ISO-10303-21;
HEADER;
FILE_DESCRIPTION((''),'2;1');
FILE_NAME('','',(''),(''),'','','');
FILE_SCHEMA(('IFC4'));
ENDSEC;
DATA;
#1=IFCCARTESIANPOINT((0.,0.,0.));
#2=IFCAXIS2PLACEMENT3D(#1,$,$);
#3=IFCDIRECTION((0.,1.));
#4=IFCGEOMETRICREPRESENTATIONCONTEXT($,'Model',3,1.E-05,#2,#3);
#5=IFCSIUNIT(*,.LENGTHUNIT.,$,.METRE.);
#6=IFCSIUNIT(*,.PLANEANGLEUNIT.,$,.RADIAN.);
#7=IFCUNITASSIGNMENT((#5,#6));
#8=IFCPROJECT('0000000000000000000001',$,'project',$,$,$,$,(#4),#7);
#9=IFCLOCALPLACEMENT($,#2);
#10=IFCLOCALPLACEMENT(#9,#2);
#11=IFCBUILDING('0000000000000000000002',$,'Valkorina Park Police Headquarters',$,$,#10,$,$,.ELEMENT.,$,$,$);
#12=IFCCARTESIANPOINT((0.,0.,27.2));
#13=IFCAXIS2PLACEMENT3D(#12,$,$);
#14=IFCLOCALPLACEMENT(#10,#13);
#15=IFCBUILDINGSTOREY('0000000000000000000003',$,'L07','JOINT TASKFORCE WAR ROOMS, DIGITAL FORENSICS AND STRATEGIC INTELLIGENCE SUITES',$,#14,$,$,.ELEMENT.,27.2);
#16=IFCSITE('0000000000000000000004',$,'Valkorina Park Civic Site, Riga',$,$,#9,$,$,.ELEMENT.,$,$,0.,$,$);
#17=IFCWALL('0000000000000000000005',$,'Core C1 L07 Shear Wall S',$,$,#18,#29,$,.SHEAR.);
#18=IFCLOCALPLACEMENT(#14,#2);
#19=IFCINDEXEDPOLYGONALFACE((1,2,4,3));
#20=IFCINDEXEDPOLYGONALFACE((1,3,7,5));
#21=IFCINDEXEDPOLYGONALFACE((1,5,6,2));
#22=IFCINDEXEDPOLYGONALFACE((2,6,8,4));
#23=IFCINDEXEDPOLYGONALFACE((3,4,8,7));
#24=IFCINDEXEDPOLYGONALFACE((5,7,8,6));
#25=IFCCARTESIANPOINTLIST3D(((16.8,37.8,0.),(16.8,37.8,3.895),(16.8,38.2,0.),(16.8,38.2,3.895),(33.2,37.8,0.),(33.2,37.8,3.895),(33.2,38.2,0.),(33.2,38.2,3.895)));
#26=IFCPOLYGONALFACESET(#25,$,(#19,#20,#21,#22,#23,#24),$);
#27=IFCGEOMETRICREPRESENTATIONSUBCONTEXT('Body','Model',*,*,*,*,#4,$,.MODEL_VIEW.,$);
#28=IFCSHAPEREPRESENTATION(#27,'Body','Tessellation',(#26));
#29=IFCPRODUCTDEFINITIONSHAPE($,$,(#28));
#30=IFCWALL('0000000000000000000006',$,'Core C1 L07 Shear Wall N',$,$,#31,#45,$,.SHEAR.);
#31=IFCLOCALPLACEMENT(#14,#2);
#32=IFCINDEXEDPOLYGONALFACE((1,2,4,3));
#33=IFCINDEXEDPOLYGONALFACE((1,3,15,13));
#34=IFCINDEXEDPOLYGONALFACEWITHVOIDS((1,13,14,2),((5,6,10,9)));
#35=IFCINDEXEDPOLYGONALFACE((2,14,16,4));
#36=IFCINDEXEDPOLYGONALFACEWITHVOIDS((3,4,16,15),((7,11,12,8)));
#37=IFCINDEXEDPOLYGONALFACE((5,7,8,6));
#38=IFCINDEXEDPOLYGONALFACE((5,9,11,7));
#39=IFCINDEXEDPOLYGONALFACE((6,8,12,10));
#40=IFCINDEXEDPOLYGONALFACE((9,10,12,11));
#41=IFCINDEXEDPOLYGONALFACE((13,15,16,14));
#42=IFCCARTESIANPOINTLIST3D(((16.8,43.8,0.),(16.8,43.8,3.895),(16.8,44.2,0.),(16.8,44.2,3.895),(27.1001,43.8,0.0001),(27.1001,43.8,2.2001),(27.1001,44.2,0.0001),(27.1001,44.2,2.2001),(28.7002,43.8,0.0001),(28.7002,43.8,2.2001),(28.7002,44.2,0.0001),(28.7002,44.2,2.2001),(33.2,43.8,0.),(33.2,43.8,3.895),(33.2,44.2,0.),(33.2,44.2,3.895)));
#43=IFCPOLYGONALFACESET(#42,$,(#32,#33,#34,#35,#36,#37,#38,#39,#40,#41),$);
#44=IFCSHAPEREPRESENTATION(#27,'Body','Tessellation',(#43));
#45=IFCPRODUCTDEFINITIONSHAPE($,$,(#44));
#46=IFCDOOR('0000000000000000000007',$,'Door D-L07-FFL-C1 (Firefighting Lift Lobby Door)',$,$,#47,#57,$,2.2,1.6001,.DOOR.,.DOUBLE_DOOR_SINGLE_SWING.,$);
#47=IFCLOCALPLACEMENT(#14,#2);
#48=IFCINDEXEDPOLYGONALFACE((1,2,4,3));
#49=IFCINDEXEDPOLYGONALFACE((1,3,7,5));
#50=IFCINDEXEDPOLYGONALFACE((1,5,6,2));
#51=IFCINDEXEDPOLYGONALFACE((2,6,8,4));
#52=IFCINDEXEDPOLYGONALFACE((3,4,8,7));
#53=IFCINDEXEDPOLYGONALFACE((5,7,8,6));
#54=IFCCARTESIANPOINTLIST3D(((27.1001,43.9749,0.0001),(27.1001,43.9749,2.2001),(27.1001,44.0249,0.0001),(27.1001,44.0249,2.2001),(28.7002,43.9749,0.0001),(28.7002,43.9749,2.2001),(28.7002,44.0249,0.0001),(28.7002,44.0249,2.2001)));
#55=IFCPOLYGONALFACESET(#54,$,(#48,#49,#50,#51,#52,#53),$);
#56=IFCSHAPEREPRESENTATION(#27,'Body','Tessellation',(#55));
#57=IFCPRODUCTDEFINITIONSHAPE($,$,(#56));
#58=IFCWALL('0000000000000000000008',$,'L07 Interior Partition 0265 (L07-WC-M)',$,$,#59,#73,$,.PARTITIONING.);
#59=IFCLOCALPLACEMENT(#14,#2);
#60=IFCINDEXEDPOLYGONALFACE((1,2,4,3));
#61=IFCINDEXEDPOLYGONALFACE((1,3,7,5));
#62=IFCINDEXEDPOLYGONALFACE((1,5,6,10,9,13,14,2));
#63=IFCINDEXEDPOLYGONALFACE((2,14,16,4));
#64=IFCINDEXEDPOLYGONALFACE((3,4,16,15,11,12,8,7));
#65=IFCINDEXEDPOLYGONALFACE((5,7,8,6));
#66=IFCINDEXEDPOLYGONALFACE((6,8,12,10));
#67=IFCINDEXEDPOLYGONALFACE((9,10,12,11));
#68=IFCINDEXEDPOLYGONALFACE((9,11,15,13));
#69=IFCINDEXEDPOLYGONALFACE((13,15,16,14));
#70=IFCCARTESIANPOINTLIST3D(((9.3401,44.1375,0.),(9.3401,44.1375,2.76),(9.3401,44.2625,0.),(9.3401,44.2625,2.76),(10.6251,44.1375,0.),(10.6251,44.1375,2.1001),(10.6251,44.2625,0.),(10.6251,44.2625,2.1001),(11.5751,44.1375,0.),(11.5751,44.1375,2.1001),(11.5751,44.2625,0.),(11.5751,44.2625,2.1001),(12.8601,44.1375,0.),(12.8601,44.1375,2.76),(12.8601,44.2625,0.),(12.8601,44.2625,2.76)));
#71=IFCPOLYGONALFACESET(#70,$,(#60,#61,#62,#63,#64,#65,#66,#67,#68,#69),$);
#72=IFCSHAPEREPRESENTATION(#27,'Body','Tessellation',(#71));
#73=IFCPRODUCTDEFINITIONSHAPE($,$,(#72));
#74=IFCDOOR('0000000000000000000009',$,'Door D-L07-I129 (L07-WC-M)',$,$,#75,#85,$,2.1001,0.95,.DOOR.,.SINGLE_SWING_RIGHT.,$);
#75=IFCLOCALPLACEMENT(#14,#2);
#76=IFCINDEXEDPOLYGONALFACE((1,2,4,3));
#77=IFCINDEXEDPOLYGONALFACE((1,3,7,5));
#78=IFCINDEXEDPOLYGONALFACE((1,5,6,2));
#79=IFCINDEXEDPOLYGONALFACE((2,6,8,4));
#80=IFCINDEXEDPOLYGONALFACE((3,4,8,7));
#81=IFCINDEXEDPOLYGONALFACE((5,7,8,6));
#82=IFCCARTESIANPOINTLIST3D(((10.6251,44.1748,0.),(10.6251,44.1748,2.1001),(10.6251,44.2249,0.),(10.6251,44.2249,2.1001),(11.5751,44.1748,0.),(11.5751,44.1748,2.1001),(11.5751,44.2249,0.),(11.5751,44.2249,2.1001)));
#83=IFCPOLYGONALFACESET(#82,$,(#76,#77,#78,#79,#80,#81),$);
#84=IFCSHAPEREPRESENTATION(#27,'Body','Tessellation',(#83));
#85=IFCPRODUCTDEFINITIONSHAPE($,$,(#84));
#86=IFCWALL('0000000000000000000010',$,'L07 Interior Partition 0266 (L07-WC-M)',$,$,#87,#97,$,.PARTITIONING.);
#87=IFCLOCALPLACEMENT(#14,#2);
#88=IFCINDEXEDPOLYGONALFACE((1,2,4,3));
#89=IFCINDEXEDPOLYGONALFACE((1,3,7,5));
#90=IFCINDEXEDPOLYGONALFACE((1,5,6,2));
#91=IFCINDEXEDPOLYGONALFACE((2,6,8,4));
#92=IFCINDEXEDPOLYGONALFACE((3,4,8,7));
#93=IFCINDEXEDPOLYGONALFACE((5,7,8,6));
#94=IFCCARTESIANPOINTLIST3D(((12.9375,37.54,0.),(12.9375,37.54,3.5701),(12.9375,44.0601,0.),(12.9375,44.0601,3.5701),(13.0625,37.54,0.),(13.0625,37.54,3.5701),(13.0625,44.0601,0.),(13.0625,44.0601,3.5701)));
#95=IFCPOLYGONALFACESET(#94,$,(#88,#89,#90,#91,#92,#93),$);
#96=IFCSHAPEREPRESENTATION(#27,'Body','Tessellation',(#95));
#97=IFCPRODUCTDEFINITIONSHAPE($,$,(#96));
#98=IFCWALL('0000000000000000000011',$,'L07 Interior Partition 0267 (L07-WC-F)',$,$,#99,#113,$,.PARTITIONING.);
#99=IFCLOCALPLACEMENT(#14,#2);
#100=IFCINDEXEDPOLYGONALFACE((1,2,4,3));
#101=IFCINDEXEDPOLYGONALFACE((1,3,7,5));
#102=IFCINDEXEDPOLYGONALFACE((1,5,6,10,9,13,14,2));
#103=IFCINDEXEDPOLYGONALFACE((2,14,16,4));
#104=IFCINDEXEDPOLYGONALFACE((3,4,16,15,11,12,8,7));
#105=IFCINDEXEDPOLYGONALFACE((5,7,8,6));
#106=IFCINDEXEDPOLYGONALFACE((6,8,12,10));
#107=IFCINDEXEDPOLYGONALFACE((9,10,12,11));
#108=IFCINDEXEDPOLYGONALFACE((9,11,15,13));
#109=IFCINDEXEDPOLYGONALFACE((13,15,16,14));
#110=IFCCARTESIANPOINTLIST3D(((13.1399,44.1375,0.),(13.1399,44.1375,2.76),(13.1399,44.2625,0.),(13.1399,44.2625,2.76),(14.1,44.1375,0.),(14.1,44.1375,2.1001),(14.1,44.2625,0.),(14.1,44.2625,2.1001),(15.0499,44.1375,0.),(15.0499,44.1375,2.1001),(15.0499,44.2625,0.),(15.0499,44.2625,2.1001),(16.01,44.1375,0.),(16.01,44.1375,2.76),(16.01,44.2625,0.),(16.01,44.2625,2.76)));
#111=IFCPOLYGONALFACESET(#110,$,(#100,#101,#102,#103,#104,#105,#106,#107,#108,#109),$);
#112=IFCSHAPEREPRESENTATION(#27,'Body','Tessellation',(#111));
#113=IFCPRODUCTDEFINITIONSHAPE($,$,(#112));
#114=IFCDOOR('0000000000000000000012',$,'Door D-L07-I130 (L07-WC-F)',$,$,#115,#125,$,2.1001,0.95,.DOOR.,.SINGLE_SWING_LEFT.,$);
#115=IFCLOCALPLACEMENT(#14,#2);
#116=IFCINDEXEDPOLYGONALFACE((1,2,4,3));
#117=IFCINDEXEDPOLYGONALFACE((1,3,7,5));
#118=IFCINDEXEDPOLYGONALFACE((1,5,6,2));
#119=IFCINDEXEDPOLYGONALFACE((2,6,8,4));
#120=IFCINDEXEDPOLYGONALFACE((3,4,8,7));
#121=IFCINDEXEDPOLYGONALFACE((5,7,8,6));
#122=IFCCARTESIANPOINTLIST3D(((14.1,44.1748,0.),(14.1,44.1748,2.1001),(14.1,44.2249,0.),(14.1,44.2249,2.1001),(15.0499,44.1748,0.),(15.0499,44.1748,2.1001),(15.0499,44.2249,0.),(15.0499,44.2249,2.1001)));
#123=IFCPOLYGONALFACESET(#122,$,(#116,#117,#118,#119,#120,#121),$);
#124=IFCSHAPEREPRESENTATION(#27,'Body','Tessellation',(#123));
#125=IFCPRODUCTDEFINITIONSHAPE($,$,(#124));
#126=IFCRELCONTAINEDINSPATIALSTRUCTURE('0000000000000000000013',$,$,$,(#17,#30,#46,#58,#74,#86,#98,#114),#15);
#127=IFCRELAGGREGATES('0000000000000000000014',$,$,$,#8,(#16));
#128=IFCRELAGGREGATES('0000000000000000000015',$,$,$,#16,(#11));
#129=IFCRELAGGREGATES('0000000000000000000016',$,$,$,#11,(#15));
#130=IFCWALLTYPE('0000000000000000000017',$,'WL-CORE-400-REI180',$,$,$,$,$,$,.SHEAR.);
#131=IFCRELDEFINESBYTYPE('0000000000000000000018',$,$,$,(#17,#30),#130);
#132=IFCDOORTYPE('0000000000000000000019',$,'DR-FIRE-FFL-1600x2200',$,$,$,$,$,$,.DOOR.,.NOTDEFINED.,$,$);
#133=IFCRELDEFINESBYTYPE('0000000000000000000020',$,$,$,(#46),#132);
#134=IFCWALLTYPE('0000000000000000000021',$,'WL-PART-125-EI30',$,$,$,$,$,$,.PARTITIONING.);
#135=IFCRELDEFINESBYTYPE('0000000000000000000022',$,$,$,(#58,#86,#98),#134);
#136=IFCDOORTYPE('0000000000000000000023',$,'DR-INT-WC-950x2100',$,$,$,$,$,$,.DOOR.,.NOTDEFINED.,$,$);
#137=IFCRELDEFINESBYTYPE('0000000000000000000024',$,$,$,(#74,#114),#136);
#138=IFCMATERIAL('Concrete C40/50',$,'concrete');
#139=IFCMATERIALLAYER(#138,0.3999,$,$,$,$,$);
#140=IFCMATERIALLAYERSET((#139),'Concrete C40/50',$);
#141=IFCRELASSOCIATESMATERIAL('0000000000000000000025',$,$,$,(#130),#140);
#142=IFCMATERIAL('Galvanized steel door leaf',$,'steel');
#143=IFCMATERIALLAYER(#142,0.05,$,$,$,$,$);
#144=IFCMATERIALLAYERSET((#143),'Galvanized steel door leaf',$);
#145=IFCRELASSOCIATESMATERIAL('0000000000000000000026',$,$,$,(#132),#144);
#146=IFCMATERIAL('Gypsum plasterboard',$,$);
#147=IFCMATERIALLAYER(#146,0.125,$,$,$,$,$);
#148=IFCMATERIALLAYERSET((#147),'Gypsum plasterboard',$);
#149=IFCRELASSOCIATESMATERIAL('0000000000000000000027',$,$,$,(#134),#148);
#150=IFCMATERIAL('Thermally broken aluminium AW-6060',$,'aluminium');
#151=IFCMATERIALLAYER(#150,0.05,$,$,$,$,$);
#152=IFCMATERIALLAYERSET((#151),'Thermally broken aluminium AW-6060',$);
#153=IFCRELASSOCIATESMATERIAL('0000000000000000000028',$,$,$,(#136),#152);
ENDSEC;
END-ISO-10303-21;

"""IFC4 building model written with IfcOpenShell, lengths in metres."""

from ifc_helpers import new_model, si_unit, direction, frame, frame_2d, origin, place, context, subcontext, project, spatial, rectangle, extrude, material, layer, layer_set, type_object, element, fill, save


model = new_model("IFC4")

# Units and contexts
model_context = context("Model", 3, precision=1e-05, world=origin(), true_north=direction((0.0, 1.0)))
body_context = subcontext(model_context, "Body", "Model", "MODEL_VIEW")
ifc_project = project(units=[si_unit("LENGTHUNIT", "METRE"), si_unit("PLANEANGLEUNIT", "RADIAN")], contexts=[model_context])

# Site, building, storey
site_placement = place(None, origin())
site = spatial("IfcSite", under=ifc_project, at=site_placement, Name="Valkorina Park Civic Site, Riga", CompositionType="ELEMENT", RefElevation=0.0)
building_placement = place(site_placement, origin())
building = spatial("IfcBuilding", under=site, at=building_placement, Name="Valkorina Park Police Headquarters", CompositionType="ELEMENT")
storey_placement = place(building_placement, frame((0.0, 0.0, 27.2)))
storey = spatial("IfcBuildingStorey", under=building, at=storey_placement, Name="L07", Description="JOINT TASKFORCE WAR ROOMS, DIGITAL FORENSICS AND STRATEGIC INTELLIGENCE SUITES", CompositionType="ELEMENT", Elevation=27.2)

# Shared definitions
ifc_material_1 = material(Name="Thermally broken aluminium AW-6060", Category="aluminium")

# Wall
ifc_material_2 = material(Name="Concrete C40/50", Category="concrete")
ifc_layer_1 = layer(ifc_material_2, 0.3999)
ifc_layer_set_1 = layer_set([ifc_layer_1], Name="Concrete C40/50")
wall_type_1 = type_object("IfcWallType", Name="WL-CORE-400-REI180", PredefinedType="SHEAR", material=ifc_layer_set_1)
wall_1_placement = place(storey_placement, frame((16.8, 38.0, 0.0), z_axis=(0.0, 0.0, 1.0), x_axis=(1.0, 0.0, 0.0)))
element("IfcWall", 1, at=wall_1_placement, inside=storey, type_object=wall_type_1, Name="Core C1 L07 Shear Wall S", PredefinedType="SHEAR", context=body_context, shape_type="SweptSolid", body=[
    extrude(rectangle(XDim=16.3999, YDim=0.3999, at=frame_2d((8.2, 0.0))), origin(), (0.0, 0.0, 1.0), 3.895),
])

# Walls, openings, doors
wall_2_placement = place(storey_placement, frame((16.8, 44.0, 0.0), z_axis=(0.0, 0.0, 1.0), x_axis=(1.0, 0.0, 0.0)))
wall_2 = element("IfcWall", 2, at=wall_2_placement, inside=storey, type_object=wall_type_1, Name="Core C1 L07 Shear Wall N", PredefinedType="SHEAR", context=body_context, shape_type="SweptSolid", body=[
    extrude(rectangle(XDim=16.3999, YDim=0.3999, at=frame_2d((8.2, 0.0))), origin(), (0.0, 0.0, 1.0), 3.895),
])
opening_1_placement = place(wall_2_placement, frame((10.3, 0.0, 0.0)))
opening_1 = element("IfcOpeningElement", 3, at=opening_1_placement, cuts=wall_2, PredefinedType="OPENING", context=body_context, shape_type="SweptSolid", body=[
    extrude(rectangle(XDim=1.6001, YDim=2.2, at=frame_2d((0.8, 1.1001))), frame((0.0, 0.21, 0.0), z_axis=(0.0, -1.0, 0.0), x_axis=(1.0, 0.0, 0.0)), (0.0, 0.0, 1.0), 0.4199),
])
ifc_material_3 = material(Name="Galvanized steel door leaf", Category="steel")
ifc_layer_2 = layer(ifc_material_3, 0.05)
ifc_layer_set_2 = layer_set([ifc_layer_2], Name="Galvanized steel door leaf")
door_type_1 = type_object("IfcDoorType", Name="DR-FIRE-FFL-1600x2200", OperationType="NOTDEFINED", PredefinedType="DOOR", material=ifc_layer_set_2)
door_1_placement = place(opening_1_placement, origin())
door_1 = element("IfcDoor", 4, at=door_1_placement, inside=storey, type_object=door_type_1, Name="Door D-L07-FFL-C1 (Firefighting Lift Lobby Door)", OperationType="DOUBLE_DOOR_SINGLE_SWING", OverallHeight=2.2, OverallWidth=1.6001, PredefinedType="DOOR", context=body_context, shape_type="SweptSolid", body=[
    extrude(rectangle(XDim=1.6001, YDim=2.2, at=frame_2d((0.8, 1.1001))), frame((0.0, 0.0249, 0.0), z_axis=(0.0, -1.0, 0.0), x_axis=(1.0, 0.0, 0.0)), (0.0, 0.0, 1.0), 0.05),
])
fill(opening_1, door_1)
ifc_material_4 = material(Name="Gypsum plasterboard")
ifc_layer_3 = layer(ifc_material_4, 0.125)
ifc_layer_set_3 = layer_set([ifc_layer_3], Name="Gypsum plasterboard")
wall_type_2 = type_object("IfcWallType", Name="WL-PART-125-EI30", PredefinedType="PARTITIONING", material=ifc_layer_set_3)
wall_3_placement = place(storey_placement, frame((9.3401, 44.2, 0.0), z_axis=(0.0, 0.0, 1.0), x_axis=(1.0, 0.0, 0.0)))
wall_3 = element("IfcWall", 5, at=wall_3_placement, inside=storey, type_object=wall_type_2, Name="L07 Interior Partition 0265 (L07-WC-M)", PredefinedType="PARTITIONING", context=body_context, shape_type="SweptSolid", body=[
    extrude(rectangle(XDim=3.52, YDim=0.125, at=frame_2d((1.76, 0.0))), origin(), (0.0, 0.0, 1.0), 2.76),
])
opening_2_placement = place(wall_3_placement, frame((1.2849, 0.0, 0.0)))
opening_2 = element("IfcOpeningElement", 6, at=opening_2_placement, cuts=wall_3, PredefinedType="OPENING", context=body_context, shape_type="SweptSolid", body=[
    extrude(rectangle(XDim=0.95, YDim=2.1001, at=frame_2d((0.4751, 1.05))), frame((0.0, 0.0725, 0.0), z_axis=(0.0, -1.0, 0.0), x_axis=(1.0, 0.0, 0.0)), (0.0, 0.0, 1.0), 0.145),
])
ifc_layer_4 = layer(ifc_material_1, 0.05)
ifc_layer_set_4 = layer_set([ifc_layer_4], Name="Thermally broken aluminium AW-6060")
door_type_2 = type_object("IfcDoorType", Name="DR-INT-WC-950x2100", OperationType="NOTDEFINED", PredefinedType="DOOR", material=ifc_layer_set_4)
door_2_placement = place(opening_2_placement, origin())
door_2 = element("IfcDoor", 7, at=door_2_placement, inside=storey, type_object=door_type_2, Name="Door D-L07-I129 (L07-WC-M)", OperationType="SINGLE_SWING_RIGHT", OverallHeight=2.1001, OverallWidth=0.95, PredefinedType="DOOR", context=body_context, shape_type="SweptSolid", body=[
    extrude(rectangle(XDim=0.95, YDim=2.1001, at=frame_2d((0.4751, 1.05))), frame((0.0, 0.0249, 0.0), z_axis=(0.0, -1.0, 0.0), x_axis=(1.0, 0.0, 0.0)), (0.0, 0.0, 1.0), 0.05),
])
fill(opening_2, door_2)

# Wall
wall_4_placement = place(storey_placement, frame((13.0, 37.54, 0.0), z_axis=(0.0, 0.0, 1.0), x_axis=(0.0, 1.0, 0.0)))
element("IfcWall", 8, at=wall_4_placement, inside=storey, type_object=wall_type_2, Name="L07 Interior Partition 0266 (L07-WC-M)", PredefinedType="PARTITIONING", context=body_context, shape_type="SweptSolid", body=[
    extrude(rectangle(XDim=6.52, YDim=0.125, at=frame_2d((3.26, 0.0))), origin(), (0.0, 0.0, 1.0), 3.5701),
])

# Wall, opening, door
wall_5_placement = place(storey_placement, frame((13.1399, 44.2, 0.0), z_axis=(0.0, 0.0, 1.0), x_axis=(1.0, 0.0, 0.0)))
wall_5 = element("IfcWall", 9, at=wall_5_placement, inside=storey, type_object=wall_type_2, Name="L07 Interior Partition 0267 (L07-WC-F)", PredefinedType="PARTITIONING", context=body_context, shape_type="SweptSolid", body=[
    extrude(rectangle(XDim=2.8701, YDim=0.125, at=frame_2d((1.4351, 0.0))), origin(), (0.0, 0.0, 1.0), 2.76),
])
opening_3_placement = place(wall_5_placement, frame((0.96, 0.0, 0.0)))
opening_3 = element("IfcOpeningElement", 10, at=opening_3_placement, cuts=wall_5, PredefinedType="OPENING", context=body_context, shape_type="SweptSolid", body=[
    extrude(rectangle(XDim=0.95, YDim=2.1001, at=frame_2d((0.4751, 1.05))), frame((0.0, 0.0725, 0.0), z_axis=(0.0, -1.0, 0.0), x_axis=(1.0, 0.0, 0.0)), (0.0, 0.0, 1.0), 0.145),
])
door_3_placement = place(opening_3_placement, origin())
door_3 = element("IfcDoor", 11, at=door_3_placement, inside=storey, type_object=door_type_2, Name="Door D-L07-I130 (L07-WC-F)", OperationType="SINGLE_SWING_LEFT", OverallHeight=2.1001, OverallWidth=0.95, PredefinedType="DOOR", context=body_context, shape_type="SweptSolid", body=[
    extrude(rectangle(XDim=0.95, YDim=2.1001, at=frame_2d((0.4751, 1.05))), frame((0.0, 0.0249, 0.0), z_axis=(0.0, -1.0, 0.0), x_axis=(1.0, 0.0, 0.0)), (0.0, 0.0, 1.0), 0.05),
])
fill(opening_3, door_3)

save(model, "model.ifc")
